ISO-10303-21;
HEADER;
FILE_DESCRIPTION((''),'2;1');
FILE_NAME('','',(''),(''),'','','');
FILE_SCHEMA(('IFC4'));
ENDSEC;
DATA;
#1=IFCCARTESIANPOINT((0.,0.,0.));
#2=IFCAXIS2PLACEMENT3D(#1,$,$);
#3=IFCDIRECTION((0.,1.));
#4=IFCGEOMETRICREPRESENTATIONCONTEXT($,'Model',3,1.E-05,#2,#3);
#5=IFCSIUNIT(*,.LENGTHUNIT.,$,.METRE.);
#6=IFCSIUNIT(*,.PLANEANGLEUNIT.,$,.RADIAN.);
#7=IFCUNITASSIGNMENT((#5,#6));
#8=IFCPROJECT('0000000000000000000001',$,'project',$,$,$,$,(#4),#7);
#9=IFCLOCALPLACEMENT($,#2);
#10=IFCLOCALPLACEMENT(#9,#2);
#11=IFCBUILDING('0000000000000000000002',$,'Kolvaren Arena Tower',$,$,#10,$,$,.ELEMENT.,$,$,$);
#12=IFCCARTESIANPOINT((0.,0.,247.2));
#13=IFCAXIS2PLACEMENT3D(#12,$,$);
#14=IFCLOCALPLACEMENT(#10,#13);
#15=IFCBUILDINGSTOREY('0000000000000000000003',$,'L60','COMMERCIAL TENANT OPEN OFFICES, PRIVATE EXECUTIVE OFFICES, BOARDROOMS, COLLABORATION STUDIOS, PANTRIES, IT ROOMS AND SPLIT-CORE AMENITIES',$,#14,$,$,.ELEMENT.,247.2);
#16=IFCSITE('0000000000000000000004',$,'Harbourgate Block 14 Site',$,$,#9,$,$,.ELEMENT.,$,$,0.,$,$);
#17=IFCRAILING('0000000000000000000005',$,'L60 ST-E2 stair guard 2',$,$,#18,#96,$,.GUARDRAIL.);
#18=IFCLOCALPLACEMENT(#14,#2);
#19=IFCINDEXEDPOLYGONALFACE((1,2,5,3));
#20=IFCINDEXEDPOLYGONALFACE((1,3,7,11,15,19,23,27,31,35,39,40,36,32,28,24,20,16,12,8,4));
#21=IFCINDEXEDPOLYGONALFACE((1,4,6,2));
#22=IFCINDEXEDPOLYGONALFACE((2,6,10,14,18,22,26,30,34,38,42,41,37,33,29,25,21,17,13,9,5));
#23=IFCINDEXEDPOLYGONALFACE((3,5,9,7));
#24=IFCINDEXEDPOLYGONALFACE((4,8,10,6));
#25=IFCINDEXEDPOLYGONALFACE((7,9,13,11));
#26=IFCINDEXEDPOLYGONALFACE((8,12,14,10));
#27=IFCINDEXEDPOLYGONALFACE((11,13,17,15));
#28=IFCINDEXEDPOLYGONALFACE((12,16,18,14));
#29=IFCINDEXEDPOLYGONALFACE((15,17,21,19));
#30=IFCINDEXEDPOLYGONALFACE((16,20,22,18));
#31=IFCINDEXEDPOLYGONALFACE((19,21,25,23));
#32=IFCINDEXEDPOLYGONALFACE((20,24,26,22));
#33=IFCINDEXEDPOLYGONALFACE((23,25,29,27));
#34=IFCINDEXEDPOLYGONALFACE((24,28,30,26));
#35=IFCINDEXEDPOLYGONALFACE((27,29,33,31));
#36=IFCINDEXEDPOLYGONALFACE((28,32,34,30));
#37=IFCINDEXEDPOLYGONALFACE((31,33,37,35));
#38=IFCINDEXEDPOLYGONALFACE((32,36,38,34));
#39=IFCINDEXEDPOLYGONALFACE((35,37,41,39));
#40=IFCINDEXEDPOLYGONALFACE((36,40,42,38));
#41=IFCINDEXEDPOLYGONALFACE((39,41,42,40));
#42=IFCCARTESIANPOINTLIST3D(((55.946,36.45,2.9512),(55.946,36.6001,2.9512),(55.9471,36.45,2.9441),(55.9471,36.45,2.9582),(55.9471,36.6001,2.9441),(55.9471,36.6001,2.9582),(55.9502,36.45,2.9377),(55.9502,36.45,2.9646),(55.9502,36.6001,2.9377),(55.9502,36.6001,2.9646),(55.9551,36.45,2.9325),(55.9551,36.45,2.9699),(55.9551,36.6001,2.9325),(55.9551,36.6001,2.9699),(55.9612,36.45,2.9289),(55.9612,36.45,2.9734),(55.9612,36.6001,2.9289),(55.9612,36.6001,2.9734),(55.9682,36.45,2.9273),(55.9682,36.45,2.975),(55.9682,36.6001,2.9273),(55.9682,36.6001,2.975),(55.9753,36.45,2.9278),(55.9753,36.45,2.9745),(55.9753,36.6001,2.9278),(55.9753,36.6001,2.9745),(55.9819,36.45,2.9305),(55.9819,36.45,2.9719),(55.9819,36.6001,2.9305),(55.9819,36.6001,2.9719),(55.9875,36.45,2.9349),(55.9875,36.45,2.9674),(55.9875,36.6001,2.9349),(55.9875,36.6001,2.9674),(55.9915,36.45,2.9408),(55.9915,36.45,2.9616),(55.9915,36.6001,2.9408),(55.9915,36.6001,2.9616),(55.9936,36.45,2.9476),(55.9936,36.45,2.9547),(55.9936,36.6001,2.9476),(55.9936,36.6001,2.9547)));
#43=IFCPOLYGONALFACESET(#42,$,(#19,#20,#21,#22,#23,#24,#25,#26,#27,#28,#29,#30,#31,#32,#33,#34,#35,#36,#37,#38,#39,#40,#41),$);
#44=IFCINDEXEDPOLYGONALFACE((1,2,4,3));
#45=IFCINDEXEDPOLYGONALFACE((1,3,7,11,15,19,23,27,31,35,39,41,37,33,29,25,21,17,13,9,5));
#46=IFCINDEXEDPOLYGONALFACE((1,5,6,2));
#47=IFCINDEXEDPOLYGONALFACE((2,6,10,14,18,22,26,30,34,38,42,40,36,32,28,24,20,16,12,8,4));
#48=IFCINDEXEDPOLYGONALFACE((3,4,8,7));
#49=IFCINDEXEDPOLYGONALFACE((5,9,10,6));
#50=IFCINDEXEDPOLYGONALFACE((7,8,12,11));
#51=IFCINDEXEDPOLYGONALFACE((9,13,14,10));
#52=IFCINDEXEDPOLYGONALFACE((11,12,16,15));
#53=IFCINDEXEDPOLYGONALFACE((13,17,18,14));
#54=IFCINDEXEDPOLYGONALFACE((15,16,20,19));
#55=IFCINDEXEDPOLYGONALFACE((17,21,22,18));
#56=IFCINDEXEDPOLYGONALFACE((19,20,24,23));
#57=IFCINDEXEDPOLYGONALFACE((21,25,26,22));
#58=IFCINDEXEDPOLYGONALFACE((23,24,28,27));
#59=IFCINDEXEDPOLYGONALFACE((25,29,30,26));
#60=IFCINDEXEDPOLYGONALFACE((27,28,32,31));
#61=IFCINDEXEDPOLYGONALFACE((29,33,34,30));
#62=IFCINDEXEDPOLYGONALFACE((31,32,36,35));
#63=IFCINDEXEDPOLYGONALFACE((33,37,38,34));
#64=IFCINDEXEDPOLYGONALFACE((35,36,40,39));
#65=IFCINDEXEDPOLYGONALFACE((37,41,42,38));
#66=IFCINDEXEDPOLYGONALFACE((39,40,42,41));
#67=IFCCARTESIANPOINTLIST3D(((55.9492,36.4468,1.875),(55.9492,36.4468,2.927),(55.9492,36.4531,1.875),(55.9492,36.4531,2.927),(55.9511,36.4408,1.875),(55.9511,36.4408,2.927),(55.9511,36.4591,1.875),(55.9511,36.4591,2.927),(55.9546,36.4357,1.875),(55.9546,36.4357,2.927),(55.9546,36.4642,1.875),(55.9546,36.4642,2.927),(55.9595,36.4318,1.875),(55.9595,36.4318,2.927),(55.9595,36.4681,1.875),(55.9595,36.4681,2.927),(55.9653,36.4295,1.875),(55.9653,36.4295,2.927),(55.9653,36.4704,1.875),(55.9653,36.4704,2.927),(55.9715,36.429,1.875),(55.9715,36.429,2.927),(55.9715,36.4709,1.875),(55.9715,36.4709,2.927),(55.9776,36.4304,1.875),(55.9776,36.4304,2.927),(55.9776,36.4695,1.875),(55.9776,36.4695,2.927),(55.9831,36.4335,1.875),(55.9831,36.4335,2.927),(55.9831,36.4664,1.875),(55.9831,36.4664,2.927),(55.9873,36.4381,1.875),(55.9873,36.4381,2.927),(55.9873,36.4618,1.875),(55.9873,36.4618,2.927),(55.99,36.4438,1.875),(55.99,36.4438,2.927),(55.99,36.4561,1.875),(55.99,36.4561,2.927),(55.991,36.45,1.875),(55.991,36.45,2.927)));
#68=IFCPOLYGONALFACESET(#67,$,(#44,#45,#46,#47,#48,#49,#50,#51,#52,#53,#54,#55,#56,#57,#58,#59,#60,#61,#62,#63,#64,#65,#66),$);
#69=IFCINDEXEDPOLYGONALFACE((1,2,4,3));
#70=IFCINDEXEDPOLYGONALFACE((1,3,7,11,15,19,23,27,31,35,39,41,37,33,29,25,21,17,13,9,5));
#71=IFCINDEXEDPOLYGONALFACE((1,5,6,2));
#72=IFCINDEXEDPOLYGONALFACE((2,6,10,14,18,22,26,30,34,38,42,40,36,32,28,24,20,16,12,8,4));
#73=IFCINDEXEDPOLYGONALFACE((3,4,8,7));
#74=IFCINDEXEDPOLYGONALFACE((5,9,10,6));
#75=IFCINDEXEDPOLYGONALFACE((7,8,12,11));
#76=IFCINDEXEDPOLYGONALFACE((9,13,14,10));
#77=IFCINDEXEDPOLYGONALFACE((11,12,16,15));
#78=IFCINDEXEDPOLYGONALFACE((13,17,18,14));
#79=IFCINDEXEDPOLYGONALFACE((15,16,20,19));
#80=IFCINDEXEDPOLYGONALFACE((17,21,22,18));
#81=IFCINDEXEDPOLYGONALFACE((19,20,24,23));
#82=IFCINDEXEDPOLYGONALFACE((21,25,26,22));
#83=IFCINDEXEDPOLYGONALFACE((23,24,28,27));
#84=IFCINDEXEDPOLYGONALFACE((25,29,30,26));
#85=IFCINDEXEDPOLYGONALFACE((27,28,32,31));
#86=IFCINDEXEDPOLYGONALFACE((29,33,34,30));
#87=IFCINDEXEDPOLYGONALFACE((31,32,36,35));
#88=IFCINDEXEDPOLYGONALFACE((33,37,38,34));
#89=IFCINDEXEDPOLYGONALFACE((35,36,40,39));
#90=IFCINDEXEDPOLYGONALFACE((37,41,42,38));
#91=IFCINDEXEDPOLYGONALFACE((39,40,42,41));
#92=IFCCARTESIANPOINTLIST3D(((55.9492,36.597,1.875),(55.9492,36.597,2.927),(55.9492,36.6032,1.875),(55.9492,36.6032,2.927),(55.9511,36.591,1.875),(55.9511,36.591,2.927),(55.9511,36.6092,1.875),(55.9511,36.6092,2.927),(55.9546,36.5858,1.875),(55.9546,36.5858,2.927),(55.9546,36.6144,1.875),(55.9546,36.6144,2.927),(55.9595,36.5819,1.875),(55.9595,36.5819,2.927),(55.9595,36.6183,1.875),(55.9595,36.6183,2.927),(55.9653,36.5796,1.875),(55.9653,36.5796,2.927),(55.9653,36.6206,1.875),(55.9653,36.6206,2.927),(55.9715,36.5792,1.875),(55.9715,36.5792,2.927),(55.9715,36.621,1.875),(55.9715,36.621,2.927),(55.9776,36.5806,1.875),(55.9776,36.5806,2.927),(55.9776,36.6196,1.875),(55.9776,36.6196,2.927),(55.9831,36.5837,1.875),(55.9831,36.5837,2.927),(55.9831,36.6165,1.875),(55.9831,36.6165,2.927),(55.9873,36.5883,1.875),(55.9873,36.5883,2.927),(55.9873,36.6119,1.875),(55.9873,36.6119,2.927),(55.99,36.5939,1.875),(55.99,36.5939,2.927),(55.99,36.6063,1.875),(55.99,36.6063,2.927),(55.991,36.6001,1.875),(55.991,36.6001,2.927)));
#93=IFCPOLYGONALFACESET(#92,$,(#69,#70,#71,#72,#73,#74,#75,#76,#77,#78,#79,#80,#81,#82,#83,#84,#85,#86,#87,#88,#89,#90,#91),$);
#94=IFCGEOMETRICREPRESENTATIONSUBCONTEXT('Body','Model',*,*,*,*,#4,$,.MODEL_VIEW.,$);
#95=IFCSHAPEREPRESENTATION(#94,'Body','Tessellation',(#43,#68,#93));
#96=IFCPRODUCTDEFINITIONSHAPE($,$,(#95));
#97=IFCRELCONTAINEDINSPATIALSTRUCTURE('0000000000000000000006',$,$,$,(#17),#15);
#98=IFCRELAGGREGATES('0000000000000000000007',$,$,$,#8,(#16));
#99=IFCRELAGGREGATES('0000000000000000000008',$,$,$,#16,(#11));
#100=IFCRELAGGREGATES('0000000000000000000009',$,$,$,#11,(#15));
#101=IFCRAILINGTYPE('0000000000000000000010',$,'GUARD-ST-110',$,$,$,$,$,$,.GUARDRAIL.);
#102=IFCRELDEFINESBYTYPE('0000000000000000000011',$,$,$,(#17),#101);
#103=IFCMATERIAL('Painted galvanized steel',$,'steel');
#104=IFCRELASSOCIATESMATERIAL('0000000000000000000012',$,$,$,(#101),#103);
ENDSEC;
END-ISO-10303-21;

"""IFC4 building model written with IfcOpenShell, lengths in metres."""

from ifc_helpers import new_model, si_unit, direction, frame, origin, origin_2d, place, context, subcontext, project, spatial, circle, extrude, material, type_object, element, save


model = new_model("IFC4")

# Units and contexts
model_context = context("Model", 3, precision=1e-05, world=origin(), true_north=direction((0.0, 1.0)))
body_context = subcontext(model_context, "Body", "Model", "MODEL_VIEW")
ifc_project = project(units=[si_unit("LENGTHUNIT", "METRE"), si_unit("PLANEANGLEUNIT", "RADIAN")], contexts=[model_context])

# Site, building, storey
site_placement = place(None, origin())
site = spatial("IfcSite", under=ifc_project, at=site_placement, Name="Harbourgate Block 14 Site", CompositionType="ELEMENT", RefElevation=0.0)
building_placement = place(site_placement, origin())
building = spatial("IfcBuilding", under=site, at=building_placement, Name="Kolvaren Arena Tower", CompositionType="ELEMENT")
storey_placement = place(building_placement, frame((0.0, 0.0, 247.2)))
storey = spatial("IfcBuildingStorey", under=building, at=storey_placement, Name="L60", Description="COMMERCIAL TENANT OPEN OFFICES, PRIVATE EXECUTIVE OFFICES, BOARDROOMS, COLLABORATION STUDIOS, PANTRIES, IT ROOMS AND SPLIT-CORE AMENITIES", CompositionType="ELEMENT", Elevation=247.2)

# Railing
ifc_material_1 = material(Name="Painted galvanized steel", Category="steel")
railing_type_1 = type_object("IfcRailingType", Name="GUARD-ST-110", PredefinedType="GUARDRAIL", material=ifc_material_1)
railing_1_placement = place(storey_placement, frame((55.97, 36.45, 1.875)))
element("IfcRailing", 1, at=railing_1_placement, inside=storey, type_object=railing_type_1, Name="L60 ST-E2 stair guard 2", PredefinedType="GUARDRAIL", context=body_context, shape_type="SweptSolid", body=[
    extrude(circle(Radius=0.0239, at=origin_2d()), frame((0.0, 0.0, 1.0762), z_axis=(0.0, 1.0, 0.0), x_axis=(-1.0, 0.0, 0.0)), (0.0, 0.0, 1.0), 0.1501),
    extrude(circle(Radius=0.021, at=origin_2d()), origin(), (0.0, 0.0, 1.0), 1.052),
    extrude(circle(Radius=0.021, at=origin_2d()), frame((0.0, 0.1501, 0.0)), (0.0, 0.0, 1.0), 1.052),
])

save(model, "model.ifc")
